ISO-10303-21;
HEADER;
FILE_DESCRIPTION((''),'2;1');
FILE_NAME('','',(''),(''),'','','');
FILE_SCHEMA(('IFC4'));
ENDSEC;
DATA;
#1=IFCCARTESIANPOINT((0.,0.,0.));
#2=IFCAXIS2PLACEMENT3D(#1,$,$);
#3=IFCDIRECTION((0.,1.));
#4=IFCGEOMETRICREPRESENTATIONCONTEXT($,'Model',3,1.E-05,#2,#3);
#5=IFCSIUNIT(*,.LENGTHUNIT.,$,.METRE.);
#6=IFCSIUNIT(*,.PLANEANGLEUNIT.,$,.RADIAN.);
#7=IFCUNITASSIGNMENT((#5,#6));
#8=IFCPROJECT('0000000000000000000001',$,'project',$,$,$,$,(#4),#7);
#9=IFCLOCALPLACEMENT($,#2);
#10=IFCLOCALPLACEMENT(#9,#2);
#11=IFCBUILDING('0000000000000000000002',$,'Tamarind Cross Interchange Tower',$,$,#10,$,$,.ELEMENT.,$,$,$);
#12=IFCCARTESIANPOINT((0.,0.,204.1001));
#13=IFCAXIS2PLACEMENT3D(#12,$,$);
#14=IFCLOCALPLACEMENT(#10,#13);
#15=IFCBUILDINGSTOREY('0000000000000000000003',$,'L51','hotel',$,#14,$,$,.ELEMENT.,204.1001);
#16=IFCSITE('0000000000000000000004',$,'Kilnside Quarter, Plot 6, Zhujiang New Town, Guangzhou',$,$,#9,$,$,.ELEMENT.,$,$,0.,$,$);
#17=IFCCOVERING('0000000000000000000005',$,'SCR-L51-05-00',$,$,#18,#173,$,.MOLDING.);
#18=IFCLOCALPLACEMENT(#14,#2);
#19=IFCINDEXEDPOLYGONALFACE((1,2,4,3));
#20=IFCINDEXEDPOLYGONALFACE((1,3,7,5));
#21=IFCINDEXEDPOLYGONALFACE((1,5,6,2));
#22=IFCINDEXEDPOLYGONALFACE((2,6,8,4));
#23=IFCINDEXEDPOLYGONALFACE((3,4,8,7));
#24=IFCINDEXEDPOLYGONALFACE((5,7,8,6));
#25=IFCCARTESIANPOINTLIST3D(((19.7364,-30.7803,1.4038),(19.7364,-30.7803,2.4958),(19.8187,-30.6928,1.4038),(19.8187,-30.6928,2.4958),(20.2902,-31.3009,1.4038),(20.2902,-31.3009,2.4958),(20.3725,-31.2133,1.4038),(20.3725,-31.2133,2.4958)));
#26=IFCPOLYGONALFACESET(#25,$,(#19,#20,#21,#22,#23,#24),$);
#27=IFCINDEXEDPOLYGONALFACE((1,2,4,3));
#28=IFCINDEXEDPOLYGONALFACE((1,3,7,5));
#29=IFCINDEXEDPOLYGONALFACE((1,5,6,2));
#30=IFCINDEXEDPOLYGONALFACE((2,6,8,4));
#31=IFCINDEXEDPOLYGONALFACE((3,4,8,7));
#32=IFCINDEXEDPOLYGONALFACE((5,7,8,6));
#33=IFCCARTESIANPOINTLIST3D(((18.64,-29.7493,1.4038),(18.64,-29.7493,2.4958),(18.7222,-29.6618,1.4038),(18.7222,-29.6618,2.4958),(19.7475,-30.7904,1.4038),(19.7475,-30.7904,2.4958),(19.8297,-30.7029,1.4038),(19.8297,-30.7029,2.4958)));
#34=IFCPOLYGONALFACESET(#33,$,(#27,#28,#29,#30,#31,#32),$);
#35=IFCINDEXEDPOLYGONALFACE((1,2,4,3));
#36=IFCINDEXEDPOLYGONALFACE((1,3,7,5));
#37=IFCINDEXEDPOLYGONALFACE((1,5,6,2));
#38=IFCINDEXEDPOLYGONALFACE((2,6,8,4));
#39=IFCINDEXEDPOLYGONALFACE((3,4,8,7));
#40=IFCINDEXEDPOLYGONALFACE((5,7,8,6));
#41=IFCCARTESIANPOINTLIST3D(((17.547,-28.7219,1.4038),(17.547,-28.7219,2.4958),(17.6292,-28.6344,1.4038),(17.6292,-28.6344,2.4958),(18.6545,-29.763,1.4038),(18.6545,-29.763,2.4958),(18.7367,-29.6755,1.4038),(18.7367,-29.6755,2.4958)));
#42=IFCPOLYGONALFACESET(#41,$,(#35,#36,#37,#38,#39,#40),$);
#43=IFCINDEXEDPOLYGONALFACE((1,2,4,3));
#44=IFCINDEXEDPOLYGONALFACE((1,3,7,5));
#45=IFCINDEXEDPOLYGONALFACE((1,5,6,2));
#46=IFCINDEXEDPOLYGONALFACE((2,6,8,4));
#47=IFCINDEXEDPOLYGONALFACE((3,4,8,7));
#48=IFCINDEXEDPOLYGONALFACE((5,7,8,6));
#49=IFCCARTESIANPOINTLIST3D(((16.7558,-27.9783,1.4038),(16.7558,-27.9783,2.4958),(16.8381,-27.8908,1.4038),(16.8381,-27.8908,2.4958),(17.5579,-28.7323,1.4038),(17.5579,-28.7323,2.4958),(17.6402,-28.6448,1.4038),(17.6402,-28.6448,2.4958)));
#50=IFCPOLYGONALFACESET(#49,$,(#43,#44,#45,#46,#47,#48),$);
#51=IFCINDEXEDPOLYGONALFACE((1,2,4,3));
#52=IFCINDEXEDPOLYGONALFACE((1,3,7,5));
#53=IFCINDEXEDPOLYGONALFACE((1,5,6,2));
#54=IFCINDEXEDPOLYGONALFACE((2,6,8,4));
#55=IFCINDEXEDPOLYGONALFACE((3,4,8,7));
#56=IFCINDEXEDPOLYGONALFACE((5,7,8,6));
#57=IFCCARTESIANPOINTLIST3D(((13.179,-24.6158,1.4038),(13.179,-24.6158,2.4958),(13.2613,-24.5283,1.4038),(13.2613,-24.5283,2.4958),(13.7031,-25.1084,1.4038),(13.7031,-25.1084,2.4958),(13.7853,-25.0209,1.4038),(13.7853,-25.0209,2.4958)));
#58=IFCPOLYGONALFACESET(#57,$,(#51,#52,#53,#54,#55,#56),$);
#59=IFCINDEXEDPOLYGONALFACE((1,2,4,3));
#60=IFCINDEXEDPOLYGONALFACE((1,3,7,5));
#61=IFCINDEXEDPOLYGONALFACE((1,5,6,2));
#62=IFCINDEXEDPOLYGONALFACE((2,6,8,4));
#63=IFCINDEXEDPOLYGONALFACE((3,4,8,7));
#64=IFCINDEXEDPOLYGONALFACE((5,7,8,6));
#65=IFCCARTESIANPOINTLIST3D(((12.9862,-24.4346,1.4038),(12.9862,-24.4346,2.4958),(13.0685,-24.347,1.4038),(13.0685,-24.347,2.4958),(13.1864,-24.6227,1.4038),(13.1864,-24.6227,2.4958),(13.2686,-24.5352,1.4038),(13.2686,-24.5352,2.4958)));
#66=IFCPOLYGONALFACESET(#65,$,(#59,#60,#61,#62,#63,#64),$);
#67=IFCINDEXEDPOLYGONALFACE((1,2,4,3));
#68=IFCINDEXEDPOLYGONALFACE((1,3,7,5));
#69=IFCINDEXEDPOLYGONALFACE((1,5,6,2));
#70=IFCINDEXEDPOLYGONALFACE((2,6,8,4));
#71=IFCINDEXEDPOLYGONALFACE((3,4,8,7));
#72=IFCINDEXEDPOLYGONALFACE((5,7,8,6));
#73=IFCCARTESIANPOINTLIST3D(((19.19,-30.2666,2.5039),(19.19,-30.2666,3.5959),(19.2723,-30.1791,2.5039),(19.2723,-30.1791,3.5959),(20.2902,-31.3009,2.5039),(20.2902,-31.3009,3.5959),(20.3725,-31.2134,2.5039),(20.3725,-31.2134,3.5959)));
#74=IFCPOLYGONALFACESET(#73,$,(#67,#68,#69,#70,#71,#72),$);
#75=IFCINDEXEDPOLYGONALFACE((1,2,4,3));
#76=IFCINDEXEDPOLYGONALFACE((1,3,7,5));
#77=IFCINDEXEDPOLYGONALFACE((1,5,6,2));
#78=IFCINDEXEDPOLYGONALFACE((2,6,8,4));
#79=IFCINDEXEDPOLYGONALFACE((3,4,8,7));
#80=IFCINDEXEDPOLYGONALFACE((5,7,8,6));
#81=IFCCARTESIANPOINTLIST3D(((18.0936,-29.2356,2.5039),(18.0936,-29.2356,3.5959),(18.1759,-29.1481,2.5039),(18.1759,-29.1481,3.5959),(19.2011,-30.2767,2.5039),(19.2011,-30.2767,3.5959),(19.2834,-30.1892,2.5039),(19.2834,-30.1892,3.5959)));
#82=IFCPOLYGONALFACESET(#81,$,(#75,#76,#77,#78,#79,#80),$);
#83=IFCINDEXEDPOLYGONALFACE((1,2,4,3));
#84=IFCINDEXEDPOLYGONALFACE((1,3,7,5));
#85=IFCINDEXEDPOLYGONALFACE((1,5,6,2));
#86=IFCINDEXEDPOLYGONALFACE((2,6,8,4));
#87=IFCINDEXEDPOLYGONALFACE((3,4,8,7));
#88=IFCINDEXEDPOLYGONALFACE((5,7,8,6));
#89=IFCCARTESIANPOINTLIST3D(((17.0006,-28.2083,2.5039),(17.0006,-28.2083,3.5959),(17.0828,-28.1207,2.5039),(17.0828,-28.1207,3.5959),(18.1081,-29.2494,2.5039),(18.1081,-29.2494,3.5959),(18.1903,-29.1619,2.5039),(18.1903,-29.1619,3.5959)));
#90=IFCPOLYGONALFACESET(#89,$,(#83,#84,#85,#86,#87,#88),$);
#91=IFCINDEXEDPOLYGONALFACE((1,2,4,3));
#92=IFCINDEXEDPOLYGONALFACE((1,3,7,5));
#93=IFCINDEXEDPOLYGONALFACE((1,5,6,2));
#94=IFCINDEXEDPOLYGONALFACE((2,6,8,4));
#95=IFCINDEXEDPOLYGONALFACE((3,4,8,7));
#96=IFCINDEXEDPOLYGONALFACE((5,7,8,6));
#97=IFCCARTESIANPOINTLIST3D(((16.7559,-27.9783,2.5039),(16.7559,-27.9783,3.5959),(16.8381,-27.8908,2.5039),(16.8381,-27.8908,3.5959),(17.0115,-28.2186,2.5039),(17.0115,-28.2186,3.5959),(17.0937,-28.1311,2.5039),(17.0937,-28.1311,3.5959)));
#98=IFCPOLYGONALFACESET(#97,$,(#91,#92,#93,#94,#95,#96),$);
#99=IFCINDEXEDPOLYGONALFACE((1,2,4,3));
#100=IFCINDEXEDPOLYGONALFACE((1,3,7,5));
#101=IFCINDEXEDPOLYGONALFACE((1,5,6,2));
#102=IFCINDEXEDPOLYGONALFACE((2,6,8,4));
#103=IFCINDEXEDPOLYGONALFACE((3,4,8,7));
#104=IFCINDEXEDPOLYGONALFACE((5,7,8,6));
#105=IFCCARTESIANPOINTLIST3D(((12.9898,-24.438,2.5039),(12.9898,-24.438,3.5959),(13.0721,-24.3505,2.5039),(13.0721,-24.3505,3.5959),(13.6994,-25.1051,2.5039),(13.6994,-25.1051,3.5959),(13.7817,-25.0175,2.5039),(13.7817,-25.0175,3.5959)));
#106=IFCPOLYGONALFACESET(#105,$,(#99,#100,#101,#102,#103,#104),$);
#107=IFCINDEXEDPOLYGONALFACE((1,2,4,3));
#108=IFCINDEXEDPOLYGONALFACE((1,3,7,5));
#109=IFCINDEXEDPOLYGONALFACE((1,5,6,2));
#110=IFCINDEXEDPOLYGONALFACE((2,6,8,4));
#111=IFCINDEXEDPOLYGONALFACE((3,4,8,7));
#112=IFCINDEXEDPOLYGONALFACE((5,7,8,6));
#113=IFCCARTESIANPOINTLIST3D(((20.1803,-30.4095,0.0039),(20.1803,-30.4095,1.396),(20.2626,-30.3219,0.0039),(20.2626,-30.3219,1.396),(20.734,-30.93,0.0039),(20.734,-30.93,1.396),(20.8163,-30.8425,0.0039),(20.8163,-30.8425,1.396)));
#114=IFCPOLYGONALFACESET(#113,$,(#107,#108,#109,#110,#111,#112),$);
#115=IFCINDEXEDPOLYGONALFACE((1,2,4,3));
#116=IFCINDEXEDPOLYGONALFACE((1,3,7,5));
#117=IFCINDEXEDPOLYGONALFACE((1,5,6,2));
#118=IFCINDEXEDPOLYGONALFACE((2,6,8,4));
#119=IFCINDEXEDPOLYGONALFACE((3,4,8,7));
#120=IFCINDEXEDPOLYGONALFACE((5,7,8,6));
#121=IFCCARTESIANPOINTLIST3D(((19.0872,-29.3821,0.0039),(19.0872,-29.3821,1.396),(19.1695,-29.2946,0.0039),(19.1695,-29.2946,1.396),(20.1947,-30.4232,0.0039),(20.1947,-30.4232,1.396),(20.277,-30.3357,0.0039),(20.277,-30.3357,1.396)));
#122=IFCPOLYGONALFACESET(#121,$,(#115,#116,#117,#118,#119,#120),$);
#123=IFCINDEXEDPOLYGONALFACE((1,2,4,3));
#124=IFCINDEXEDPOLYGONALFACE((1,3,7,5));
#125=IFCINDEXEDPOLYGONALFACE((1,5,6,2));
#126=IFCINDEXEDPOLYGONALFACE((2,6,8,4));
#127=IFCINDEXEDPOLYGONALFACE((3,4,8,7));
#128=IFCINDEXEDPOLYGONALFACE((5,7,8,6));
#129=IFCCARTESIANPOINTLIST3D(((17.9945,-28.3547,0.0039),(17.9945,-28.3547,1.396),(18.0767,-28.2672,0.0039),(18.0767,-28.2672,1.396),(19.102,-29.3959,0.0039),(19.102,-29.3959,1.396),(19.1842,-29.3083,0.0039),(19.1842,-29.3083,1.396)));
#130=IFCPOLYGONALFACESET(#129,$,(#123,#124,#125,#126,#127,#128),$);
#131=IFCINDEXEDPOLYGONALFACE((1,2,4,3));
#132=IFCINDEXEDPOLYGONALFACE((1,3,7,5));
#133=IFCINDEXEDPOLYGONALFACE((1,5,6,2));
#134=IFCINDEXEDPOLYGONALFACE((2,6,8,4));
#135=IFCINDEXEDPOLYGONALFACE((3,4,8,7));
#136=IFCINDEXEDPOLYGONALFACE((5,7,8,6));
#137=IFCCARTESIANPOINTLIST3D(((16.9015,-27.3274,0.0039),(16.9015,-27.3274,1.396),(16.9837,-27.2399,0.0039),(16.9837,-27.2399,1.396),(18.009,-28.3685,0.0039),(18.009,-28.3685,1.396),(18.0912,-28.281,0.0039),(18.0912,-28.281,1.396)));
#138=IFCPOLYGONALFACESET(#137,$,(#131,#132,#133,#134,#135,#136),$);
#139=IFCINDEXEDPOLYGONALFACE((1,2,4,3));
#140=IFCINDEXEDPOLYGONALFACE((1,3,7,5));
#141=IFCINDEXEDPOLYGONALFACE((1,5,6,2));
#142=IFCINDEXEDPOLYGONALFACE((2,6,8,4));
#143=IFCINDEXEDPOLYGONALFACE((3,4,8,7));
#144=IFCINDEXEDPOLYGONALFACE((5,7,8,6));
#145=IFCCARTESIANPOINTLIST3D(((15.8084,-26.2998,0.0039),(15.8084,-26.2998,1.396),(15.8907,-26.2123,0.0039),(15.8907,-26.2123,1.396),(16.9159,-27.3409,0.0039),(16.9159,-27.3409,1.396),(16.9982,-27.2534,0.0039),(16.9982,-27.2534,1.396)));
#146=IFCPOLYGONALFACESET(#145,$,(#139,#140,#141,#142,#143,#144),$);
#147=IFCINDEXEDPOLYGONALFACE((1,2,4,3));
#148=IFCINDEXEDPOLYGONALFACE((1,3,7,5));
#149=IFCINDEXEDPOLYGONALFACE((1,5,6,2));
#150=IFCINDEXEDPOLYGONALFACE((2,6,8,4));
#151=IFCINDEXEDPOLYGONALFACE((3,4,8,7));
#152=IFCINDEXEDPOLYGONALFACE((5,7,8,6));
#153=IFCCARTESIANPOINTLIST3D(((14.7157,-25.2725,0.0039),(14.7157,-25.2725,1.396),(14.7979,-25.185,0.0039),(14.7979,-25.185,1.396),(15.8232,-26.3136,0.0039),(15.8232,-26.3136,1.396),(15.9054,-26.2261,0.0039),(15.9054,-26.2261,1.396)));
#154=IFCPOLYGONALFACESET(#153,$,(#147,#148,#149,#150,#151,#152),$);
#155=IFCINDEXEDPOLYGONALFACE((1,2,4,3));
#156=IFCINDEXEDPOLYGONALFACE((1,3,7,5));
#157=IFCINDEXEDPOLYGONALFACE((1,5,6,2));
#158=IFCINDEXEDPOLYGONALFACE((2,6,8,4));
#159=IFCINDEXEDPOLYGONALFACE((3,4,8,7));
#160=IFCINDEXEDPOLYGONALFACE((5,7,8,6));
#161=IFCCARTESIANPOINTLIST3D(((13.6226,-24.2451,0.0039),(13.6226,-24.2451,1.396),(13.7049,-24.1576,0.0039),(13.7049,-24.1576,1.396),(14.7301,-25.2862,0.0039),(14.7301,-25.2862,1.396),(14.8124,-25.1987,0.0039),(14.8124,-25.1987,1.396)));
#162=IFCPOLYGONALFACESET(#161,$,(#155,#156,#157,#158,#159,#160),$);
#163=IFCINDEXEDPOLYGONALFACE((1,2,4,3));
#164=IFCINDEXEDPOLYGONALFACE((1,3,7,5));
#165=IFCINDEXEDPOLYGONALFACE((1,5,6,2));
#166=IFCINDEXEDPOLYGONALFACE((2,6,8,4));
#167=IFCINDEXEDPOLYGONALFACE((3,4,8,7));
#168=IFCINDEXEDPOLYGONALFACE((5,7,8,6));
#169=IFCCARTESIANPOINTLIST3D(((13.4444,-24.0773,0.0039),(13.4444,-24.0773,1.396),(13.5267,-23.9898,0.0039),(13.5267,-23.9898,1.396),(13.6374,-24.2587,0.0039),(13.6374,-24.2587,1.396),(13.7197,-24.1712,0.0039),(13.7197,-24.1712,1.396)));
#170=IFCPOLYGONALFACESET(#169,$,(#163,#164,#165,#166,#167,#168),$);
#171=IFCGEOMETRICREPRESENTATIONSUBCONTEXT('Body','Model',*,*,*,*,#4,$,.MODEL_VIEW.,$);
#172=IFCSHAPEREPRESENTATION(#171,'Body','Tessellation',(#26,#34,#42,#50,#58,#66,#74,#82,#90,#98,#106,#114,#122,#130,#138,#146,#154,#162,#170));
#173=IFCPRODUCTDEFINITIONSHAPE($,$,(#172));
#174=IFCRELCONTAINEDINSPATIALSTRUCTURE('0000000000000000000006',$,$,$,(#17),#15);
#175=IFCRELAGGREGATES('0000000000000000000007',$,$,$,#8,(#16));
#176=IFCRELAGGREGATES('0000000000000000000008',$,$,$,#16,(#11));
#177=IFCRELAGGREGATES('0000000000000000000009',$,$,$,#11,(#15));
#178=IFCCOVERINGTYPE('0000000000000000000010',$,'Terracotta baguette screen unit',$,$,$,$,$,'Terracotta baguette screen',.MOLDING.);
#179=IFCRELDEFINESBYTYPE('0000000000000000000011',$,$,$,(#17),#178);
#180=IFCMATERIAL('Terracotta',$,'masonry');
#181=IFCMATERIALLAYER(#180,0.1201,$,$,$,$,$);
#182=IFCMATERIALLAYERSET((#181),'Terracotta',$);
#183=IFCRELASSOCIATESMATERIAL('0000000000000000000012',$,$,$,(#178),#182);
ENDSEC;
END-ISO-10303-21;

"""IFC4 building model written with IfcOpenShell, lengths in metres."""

from ifc_helpers import new_model, si_unit, direction, frame, origin, origin_2d, place, context, subcontext, project, spatial, rectangle, extrude, material, layer, layer_set, type_object, element, save


model = new_model("IFC4")

# Units and contexts
model_context = context("Model", 3, precision=1e-05, world=origin(), true_north=direction((0.0, 1.0)))
body_context = subcontext(model_context, "Body", "Model", "MODEL_VIEW")
ifc_project = project(units=[si_unit("LENGTHUNIT", "METRE"), si_unit("PLANEANGLEUNIT", "RADIAN")], contexts=[model_context])

# Site, building, storey
site_placement = place(None, origin())
site = spatial("IfcSite", under=ifc_project, at=site_placement, Name="Kilnside Quarter, Plot 6, Zhujiang New Town, Guangzhou", CompositionType="ELEMENT", RefElevation=0.0)
building_placement = place(site_placement, origin())
building = spatial("IfcBuilding", under=site, at=building_placement, Name="Tamarind Cross Interchange Tower", CompositionType="ELEMENT")
storey_placement = place(building_placement, frame((0.0, 0.0, 204.1001)))
storey = spatial("IfcBuildingStorey", under=building, at=storey_placement, Name="L51", Description="hotel", CompositionType="ELEMENT", Elevation=204.1001)

# Covering
ifc_material_1 = material(Name="Terracotta", Category="masonry")
ifc_layer_1 = layer(ifc_material_1, 0.1201)
ifc_layer_set_1 = layer_set([ifc_layer_1], Name="Terracotta")
covering_type = type_object("IfcCoveringType", Name="Terracotta baguette screen unit", ElementType="Terracotta baguette screen", PredefinedType="MOLDING", material=ifc_layer_set_1)
covering_1_placement = place(storey_placement, origin())
element("IfcCovering", 1, at=covering_1_placement, inside=storey, type_object=covering_type, Name="SCR-L51-05-00", PredefinedType="MOLDING", context=body_context, shape_type="SweptSolid", body=[
    extrude(rectangle(XDim=0.76, YDim=0.1201, at=origin_2d()), frame((20.0544, -30.9968, 1.4038), z_axis=(0.0, 0.0, 1.0), x_axis=(-0.728609, 0.68493, 0.0)), (0.0, 0.0, 1.0), 1.092),
    extrude(rectangle(XDim=1.52, YDim=0.1201, at=origin_2d()), frame((19.2349, -30.2261, 1.4038), z_axis=(0.0, 0.0, 1.0), x_axis=(-0.728609, 0.68493, 0.0)), (0.0, 0.0, 1.0), 1.092),
    extrude(rectangle(XDim=1.52, YDim=0.1201, at=origin_2d()), frame((18.1418, -29.1987, 1.4038), z_axis=(0.0, 0.0, 1.0), x_axis=(-0.728609, 0.68493, 0.0)), (0.0, 0.0, 1.0), 1.092),
    extrude(rectangle(XDim=1.1008, YDim=0.1201, at=origin_2d()), frame((17.198, -28.3115, 1.4038), z_axis=(0.0, 0.0, 1.0), x_axis=(-0.728609, 0.68493, 0.0)), (0.0, 0.0, 1.0), 1.092),
    extrude(rectangle(XDim=0.7192, YDim=0.1201, at=origin_2d()), frame((13.4822, -24.8184, 1.4038), z_axis=(0.0, 0.0, 1.0), x_axis=(-0.728609, 0.68493, 0.0)), (0.0, 0.0, 1.0), 1.092),
    extrude(rectangle(XDim=0.2747, YDim=0.1201, at=origin_2d()), frame((13.1274, -24.4849, 1.4038), z_axis=(0.0, 0.0, 1.0), x_axis=(-0.728609, 0.68493, 0.0)), (0.0, 0.0, 1.0), 1.092),
    extrude(rectangle(XDim=1.51, YDim=0.1201, at=origin_2d()), frame((19.7812, -30.74, 2.5039), z_axis=(0.0, 0.0, 1.0), x_axis=(-0.728609, 0.68493, 0.0)), (0.0, 0.0, 1.0), 1.092),
    extrude(rectangle(XDim=1.52, YDim=0.1201, at=origin_2d()), frame((18.6885, -29.7124, 2.5039), z_axis=(0.0, 0.0, 1.0), x_axis=(-0.728609, 0.68493, 0.0)), (0.0, 0.0, 1.0), 1.092),
    extrude(rectangle(XDim=1.52, YDim=0.1201, at=origin_2d()), frame((17.5955, -28.6851, 2.5039), z_axis=(0.0, 0.0, 1.0), x_axis=(-0.728609, 0.68493, 0.0)), (0.0, 0.0, 1.0), 1.092),
    extrude(rectangle(XDim=0.3508, YDim=0.1201, at=origin_2d()), frame((16.9248, -28.0547, 2.5039), z_axis=(0.0, 0.0, 1.0), x_axis=(-0.728609, 0.68493, 0.0)), (0.0, 0.0, 1.0), 1.092),
    extrude(rectangle(XDim=0.9739, YDim=0.1201, at=origin_2d()), frame((13.3857, -24.7278, 2.5039), z_axis=(0.0, 0.0, 1.0), x_axis=(-0.728609, 0.68493, 0.0)), (0.0, 0.0, 1.0), 1.092),
    extrude(rectangle(XDim=0.76, YDim=0.1201, at=origin_2d()), frame((20.4983, -30.626, 0.0039), z_axis=(0.0, 0.0, 1.0), x_axis=(-0.728609, 0.68493, 0.0)), (0.0, 0.0, 1.0), 1.3921),
    extrude(rectangle(XDim=1.52, YDim=0.1201, at=origin_2d()), frame((19.6821, -29.8589, 0.0039), z_axis=(0.0, 0.0, 1.0), x_axis=(-0.728609, 0.68493, 0.0)), (0.0, 0.0, 1.0), 1.3921),
    extrude(rectangle(XDim=1.52, YDim=0.1201, at=origin_2d()), frame((18.5894, -28.8315, 0.0039), z_axis=(0.0, 0.0, 1.0), x_axis=(-0.728609, 0.68493, 0.0)), (0.0, 0.0, 1.0), 1.3921),
    extrude(rectangle(XDim=1.52, YDim=0.1201, at=origin_2d()), frame((17.4963, -27.8042, 0.0039), z_axis=(0.0, 0.0, 1.0), x_axis=(-0.728609, 0.68493, 0.0)), (0.0, 0.0, 1.0), 1.3921),
    extrude(rectangle(XDim=1.52, YDim=0.1201, at=origin_2d()), frame((16.4033, -26.7766, 0.0039), z_axis=(0.0, 0.0, 1.0), x_axis=(-0.728609, 0.68493, 0.0)), (0.0, 0.0, 1.0), 1.3921),
    extrude(rectangle(XDim=1.52, YDim=0.1201, at=origin_2d()), frame((15.3105, -25.7493, 0.0039), z_axis=(0.0, 0.0, 1.0), x_axis=(-0.728609, 0.68493, 0.0)), (0.0, 0.0, 1.0), 1.3921),
    extrude(rectangle(XDim=1.52, YDim=0.1201, at=origin_2d()), frame((14.2175, -24.7219, 0.0039), z_axis=(0.0, 0.0, 1.0), x_axis=(-0.728609, 0.68493, 0.0)), (0.0, 0.0, 1.0), 1.3921),
    extrude(rectangle(XDim=0.2649, YDim=0.1201, at=origin_2d()), frame((13.582, -24.1243, 0.0039), z_axis=(0.0, 0.0, 1.0), x_axis=(-0.728609, 0.68493, 0.0)), (0.0, 0.0, 1.0), 1.3921),
])

save(model, "model.ifc")
